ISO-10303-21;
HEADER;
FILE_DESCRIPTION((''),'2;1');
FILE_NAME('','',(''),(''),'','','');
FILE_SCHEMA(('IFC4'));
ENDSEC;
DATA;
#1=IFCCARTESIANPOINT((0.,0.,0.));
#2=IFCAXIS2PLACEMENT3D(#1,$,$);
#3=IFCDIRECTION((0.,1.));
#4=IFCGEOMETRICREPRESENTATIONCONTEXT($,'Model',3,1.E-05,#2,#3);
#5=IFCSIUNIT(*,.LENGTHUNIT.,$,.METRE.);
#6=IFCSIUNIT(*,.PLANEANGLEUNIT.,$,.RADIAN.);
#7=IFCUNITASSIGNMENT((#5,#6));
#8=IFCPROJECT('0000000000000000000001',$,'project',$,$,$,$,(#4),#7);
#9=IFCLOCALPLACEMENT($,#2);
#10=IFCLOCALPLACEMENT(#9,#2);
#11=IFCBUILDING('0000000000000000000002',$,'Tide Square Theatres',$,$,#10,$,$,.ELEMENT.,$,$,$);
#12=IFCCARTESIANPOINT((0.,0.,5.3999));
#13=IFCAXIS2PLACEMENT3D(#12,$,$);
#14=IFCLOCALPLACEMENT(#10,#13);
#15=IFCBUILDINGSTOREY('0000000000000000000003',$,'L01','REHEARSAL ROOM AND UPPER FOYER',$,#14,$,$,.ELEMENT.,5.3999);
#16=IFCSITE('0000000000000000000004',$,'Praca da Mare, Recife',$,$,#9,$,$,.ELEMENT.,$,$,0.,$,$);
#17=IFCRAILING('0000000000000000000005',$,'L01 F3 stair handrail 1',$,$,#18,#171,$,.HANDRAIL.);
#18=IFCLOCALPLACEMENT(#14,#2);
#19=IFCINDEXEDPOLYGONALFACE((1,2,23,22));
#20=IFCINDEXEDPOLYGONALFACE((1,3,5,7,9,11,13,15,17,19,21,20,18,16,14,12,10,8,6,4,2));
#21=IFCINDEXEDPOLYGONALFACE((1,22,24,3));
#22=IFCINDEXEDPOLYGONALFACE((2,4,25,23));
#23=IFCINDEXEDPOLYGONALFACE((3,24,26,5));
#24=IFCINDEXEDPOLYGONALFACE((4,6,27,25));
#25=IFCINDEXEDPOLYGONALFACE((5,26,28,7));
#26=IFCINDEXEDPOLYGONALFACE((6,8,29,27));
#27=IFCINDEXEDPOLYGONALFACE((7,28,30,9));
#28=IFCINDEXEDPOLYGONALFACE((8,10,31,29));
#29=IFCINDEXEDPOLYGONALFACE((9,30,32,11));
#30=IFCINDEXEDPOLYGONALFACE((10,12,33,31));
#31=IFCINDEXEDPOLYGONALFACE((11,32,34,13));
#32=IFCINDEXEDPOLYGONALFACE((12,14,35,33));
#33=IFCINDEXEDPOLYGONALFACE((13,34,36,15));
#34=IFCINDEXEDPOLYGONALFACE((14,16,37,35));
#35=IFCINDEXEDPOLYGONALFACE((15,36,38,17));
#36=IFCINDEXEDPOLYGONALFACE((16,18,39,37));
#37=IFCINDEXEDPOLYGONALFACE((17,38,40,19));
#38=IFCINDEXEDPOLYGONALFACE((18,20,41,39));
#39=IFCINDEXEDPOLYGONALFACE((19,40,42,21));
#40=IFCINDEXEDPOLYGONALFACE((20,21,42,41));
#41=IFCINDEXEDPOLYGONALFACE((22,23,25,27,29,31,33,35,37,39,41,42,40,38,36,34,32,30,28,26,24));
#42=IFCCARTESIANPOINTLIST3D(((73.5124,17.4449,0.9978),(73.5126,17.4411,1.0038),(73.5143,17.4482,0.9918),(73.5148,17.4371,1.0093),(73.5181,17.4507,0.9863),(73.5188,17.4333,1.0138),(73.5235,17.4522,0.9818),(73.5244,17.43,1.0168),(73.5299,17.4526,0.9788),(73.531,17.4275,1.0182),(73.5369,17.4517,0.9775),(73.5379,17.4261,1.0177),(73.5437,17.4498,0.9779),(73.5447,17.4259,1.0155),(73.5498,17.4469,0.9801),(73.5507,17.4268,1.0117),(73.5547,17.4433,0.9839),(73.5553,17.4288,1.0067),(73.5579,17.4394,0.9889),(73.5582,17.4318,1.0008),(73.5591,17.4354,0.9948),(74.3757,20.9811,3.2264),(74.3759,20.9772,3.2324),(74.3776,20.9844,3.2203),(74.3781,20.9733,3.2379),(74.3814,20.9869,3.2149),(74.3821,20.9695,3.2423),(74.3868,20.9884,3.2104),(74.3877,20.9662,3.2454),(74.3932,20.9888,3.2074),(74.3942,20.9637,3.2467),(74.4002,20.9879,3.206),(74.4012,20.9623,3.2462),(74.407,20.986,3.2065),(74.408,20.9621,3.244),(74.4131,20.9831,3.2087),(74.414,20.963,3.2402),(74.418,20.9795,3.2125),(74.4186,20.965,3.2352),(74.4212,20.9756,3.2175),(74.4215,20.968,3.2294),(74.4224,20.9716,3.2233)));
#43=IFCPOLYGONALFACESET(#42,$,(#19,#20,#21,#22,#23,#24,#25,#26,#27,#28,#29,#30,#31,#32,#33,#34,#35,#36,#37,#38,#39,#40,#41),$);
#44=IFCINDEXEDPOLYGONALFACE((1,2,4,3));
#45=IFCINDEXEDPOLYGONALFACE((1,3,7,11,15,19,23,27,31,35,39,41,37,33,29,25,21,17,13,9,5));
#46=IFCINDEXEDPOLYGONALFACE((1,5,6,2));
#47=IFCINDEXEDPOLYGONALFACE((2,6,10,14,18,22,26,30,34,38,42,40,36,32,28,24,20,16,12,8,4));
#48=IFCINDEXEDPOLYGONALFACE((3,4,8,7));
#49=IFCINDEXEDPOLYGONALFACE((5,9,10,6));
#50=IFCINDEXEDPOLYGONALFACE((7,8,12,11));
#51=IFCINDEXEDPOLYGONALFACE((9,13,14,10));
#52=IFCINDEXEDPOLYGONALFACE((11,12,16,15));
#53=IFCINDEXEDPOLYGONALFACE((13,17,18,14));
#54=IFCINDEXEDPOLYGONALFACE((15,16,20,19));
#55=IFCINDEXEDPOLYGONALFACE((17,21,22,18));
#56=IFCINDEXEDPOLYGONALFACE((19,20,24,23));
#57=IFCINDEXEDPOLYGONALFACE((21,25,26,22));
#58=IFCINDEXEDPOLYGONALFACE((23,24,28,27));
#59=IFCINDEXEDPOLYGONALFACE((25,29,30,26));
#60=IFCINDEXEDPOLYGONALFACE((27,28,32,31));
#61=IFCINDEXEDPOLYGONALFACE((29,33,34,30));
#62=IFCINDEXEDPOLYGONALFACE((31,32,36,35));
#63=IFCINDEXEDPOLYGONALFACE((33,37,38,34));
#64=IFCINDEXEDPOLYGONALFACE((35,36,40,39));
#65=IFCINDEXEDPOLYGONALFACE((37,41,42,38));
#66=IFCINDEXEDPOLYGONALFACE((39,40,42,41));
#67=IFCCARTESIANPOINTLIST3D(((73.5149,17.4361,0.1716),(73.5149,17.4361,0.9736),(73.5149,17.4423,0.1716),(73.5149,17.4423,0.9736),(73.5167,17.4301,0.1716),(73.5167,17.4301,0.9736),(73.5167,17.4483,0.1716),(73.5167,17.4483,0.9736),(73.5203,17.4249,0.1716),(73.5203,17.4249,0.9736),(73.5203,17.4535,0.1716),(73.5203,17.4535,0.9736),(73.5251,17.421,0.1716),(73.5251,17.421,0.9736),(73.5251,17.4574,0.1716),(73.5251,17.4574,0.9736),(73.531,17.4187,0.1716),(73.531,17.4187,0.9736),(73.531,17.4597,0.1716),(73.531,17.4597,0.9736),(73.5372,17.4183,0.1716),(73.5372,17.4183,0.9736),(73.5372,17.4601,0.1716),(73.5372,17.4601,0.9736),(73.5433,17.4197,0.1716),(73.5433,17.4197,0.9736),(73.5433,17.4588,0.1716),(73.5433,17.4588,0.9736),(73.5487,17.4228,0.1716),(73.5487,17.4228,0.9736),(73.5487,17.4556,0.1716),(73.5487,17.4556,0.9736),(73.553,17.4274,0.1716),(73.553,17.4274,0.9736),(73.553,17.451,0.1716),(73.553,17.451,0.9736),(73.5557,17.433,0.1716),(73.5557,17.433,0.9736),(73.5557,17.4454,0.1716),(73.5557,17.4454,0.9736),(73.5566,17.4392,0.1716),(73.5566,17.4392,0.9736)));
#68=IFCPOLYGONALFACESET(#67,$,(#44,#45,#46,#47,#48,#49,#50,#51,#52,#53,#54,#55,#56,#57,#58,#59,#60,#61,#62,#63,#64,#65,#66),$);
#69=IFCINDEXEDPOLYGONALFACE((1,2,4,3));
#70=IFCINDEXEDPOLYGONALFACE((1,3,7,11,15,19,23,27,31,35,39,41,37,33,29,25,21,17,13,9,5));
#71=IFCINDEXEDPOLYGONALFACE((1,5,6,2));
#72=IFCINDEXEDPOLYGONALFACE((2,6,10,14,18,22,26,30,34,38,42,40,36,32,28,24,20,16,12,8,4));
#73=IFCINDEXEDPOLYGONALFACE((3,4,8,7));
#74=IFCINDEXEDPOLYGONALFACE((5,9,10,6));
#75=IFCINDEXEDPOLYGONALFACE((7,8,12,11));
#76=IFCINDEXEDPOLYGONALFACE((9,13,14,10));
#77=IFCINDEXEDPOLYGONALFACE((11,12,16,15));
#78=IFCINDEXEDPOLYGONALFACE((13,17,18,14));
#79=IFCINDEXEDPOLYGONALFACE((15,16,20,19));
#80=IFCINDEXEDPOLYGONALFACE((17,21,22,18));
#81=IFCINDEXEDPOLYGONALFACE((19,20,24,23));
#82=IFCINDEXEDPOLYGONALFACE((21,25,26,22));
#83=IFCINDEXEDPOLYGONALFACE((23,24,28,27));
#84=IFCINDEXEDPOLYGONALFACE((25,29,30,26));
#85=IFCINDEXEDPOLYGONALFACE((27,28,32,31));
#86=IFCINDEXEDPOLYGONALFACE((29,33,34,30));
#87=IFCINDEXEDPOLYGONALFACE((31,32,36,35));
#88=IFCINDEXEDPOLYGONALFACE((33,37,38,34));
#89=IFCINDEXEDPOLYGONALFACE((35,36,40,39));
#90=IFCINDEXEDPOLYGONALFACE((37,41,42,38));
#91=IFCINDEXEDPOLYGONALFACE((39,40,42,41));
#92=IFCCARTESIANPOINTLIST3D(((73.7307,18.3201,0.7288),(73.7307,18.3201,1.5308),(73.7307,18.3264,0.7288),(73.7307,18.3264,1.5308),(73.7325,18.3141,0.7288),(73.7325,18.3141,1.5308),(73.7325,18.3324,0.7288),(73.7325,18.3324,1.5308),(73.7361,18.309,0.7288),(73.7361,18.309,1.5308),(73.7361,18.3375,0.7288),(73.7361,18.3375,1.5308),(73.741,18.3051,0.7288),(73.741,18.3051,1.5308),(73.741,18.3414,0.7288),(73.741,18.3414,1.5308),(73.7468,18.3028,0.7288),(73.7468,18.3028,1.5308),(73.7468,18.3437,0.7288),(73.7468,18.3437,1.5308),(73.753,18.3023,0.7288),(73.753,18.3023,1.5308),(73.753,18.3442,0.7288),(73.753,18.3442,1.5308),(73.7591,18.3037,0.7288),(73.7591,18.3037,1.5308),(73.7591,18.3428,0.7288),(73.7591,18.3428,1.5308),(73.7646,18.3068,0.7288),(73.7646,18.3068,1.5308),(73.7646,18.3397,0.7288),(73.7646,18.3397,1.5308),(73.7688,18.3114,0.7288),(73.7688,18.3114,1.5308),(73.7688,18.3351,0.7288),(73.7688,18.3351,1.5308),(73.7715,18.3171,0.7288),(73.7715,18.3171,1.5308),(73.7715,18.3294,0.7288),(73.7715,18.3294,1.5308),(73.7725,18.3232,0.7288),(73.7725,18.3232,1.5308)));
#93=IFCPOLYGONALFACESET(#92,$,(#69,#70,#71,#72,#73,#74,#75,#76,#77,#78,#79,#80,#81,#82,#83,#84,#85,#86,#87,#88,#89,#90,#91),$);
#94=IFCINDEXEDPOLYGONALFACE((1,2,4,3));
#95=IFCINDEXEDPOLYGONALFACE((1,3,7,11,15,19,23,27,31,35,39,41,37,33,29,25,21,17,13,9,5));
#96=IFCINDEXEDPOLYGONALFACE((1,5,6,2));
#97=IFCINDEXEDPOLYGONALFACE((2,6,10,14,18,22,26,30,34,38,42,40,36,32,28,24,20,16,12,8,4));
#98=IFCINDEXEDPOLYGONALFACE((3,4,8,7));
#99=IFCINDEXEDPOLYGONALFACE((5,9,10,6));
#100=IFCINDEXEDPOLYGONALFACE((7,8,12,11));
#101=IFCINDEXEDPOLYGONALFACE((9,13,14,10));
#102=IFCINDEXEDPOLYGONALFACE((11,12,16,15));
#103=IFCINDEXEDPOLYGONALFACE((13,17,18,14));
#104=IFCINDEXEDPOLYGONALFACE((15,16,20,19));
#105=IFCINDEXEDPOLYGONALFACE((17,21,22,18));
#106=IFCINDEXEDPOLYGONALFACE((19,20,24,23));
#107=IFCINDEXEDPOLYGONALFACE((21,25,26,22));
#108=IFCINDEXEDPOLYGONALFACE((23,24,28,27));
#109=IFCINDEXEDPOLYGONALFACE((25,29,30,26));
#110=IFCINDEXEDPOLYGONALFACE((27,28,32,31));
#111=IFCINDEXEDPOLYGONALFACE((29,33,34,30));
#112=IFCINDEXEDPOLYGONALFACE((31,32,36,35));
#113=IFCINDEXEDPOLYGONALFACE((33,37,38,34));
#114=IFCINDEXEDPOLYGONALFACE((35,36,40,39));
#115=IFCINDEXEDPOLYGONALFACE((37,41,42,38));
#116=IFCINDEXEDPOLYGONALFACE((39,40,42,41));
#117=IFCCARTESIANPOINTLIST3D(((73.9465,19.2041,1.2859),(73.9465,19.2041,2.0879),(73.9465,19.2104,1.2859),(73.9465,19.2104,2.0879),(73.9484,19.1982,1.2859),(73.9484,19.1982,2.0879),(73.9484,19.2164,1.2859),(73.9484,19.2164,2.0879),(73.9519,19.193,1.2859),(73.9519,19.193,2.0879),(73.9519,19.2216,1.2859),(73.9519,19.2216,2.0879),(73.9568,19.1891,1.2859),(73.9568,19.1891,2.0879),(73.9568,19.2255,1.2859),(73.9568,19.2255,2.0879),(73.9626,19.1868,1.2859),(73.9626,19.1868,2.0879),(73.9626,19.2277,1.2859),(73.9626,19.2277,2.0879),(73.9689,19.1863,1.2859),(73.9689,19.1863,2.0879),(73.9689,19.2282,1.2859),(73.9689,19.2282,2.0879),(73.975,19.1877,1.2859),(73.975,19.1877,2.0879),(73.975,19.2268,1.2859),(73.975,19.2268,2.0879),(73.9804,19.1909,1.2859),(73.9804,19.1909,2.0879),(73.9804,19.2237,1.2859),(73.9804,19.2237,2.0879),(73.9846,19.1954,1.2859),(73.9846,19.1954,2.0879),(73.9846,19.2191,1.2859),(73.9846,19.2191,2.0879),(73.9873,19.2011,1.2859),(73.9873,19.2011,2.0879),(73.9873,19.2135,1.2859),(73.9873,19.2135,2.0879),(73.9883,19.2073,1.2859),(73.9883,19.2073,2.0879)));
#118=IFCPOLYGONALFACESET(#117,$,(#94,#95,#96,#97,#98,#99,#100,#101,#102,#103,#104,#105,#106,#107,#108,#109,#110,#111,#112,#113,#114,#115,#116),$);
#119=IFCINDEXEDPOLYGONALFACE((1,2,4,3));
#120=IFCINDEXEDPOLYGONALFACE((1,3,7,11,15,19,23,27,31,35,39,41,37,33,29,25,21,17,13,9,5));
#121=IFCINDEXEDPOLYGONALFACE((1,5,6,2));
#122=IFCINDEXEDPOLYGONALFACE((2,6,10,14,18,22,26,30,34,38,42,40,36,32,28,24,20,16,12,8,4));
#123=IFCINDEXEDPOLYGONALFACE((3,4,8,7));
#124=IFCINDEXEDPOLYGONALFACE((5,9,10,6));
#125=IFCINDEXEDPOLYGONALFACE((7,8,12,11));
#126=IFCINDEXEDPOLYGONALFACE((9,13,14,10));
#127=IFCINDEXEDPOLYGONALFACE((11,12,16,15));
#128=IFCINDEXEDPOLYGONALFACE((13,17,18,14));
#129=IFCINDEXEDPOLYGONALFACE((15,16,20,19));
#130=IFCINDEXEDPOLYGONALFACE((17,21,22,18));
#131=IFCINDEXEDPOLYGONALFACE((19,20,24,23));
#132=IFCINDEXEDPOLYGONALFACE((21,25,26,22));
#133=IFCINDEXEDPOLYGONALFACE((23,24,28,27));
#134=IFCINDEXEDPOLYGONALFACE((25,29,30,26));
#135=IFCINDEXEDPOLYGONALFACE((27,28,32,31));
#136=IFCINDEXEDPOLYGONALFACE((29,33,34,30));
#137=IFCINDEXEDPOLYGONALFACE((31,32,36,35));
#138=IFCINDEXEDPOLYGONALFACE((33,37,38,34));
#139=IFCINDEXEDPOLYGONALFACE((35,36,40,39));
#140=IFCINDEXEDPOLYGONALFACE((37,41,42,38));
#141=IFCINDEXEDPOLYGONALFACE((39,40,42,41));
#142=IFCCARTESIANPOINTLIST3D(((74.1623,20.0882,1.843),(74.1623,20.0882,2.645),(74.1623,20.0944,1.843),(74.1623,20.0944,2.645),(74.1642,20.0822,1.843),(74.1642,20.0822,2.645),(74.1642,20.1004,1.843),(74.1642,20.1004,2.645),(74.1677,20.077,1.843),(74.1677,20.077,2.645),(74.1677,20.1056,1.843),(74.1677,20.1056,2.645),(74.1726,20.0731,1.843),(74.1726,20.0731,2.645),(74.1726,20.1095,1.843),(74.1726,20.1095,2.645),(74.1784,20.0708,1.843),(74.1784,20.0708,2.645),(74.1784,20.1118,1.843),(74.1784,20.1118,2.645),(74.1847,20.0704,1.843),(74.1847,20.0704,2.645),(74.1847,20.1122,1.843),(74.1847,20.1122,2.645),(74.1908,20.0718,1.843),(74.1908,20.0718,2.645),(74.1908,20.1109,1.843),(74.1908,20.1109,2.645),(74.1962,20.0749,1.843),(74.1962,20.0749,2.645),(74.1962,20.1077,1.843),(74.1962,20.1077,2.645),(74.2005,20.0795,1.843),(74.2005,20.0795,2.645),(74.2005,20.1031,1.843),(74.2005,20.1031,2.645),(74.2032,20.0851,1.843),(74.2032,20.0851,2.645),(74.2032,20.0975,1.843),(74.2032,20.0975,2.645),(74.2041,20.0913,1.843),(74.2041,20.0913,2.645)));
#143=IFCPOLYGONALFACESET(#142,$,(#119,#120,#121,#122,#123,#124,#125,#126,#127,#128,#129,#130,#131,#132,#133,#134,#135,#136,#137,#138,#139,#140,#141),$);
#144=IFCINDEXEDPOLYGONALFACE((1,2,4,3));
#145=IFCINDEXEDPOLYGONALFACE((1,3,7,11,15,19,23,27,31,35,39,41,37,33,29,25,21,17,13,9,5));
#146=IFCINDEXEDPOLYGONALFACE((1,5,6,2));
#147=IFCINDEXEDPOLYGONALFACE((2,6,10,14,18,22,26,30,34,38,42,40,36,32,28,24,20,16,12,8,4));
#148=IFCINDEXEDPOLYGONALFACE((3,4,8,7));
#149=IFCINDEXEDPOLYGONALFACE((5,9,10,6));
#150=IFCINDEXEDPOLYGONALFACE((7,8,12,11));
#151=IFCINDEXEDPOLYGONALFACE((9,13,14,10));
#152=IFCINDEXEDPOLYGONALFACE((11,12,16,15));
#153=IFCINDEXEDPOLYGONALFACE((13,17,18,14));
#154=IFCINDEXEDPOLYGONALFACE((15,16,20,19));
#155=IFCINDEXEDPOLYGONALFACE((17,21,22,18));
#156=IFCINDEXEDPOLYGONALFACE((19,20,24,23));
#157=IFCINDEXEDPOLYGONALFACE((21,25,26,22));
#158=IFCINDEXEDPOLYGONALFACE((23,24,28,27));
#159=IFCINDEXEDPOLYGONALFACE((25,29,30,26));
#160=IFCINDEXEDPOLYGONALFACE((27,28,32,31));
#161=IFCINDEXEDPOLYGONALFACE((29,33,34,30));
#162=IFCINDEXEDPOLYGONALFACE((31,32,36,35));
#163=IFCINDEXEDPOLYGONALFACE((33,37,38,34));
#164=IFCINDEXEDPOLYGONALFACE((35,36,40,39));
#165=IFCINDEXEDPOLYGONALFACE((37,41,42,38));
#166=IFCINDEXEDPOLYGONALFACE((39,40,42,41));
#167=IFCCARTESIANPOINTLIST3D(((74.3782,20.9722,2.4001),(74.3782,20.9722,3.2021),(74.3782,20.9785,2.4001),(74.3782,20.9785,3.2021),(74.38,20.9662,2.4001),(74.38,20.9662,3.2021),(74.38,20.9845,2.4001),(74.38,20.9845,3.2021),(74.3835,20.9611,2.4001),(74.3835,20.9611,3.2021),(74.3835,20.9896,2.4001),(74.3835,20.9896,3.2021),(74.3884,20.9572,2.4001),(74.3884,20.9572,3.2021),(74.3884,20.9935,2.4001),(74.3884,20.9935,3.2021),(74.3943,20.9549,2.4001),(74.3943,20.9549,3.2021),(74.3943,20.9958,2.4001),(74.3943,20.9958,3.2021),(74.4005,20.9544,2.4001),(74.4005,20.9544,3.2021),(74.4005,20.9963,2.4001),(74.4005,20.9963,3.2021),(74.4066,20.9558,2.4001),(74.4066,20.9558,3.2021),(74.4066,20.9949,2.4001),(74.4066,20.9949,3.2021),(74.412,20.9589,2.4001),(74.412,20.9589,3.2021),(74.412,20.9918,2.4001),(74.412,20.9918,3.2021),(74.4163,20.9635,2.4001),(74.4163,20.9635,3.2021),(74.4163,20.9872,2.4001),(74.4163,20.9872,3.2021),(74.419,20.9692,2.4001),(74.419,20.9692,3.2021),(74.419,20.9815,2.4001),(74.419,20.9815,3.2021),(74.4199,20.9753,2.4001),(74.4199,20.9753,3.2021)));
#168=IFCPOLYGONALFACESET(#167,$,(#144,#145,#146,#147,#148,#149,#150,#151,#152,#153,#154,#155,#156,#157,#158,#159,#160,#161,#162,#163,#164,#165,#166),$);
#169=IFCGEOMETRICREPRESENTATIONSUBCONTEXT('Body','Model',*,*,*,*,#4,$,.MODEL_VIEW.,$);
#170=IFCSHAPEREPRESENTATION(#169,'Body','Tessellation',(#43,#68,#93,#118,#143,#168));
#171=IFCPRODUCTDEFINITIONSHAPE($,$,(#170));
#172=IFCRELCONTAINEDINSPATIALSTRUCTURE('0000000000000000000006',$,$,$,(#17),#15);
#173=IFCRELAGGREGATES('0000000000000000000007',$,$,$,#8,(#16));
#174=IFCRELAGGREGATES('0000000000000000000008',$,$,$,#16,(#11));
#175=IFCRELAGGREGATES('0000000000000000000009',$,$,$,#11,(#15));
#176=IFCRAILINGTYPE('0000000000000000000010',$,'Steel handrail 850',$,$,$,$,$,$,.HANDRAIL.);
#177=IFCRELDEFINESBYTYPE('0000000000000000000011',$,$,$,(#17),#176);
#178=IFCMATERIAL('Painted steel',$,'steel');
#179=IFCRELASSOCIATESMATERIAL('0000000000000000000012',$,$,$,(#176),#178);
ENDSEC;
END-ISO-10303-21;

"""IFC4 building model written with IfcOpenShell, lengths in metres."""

from ifc_helpers import new_model, si_unit, direction, frame, origin, origin_2d, place, context, subcontext, project, spatial, circle, extrude, material, type_object, element, save


model = new_model("IFC4")

# Units and contexts
model_context = context("Model", 3, precision=1e-05, world=origin(), true_north=direction((0.0, 1.0)))
body_context = subcontext(model_context, "Body", "Model", "MODEL_VIEW")
ifc_project = project(units=[si_unit("LENGTHUNIT", "METRE"), si_unit("PLANEANGLEUNIT", "RADIAN")], contexts=[model_context])

# Site, building, storey
site_placement = place(None, origin())
site = spatial("IfcSite", under=ifc_project, at=site_placement, Name="Praca da Mare, Recife", CompositionType="ELEMENT", RefElevation=0.0)
building_placement = place(site_placement, origin())
building = spatial("IfcBuilding", under=site, at=building_placement, Name="Tide Square Theatres", CompositionType="ELEMENT")
storey_placement = place(building_placement, frame((0.0, 0.0, 5.3999)))
storey = spatial("IfcBuildingStorey", under=building, at=storey_placement, Name="L01", Description="REHEARSAL ROOM AND UPPER FOYER", CompositionType="ELEMENT", Elevation=5.3999)

# Railing
ifc_material_1 = material(Name="Painted steel", Category="steel")
railing_type_1 = type_object("IfcRailingType", Name="Steel handrail 850", PredefinedType="HANDRAIL", material=ifc_material_1)
for number, where, name in (
    (1, (73.5356, 17.4392, 0.1716), "L01 F3 stair handrail 1"),
):
    element("IfcRailing", number, at=place(storey_placement, frame(where)), inside=storey, type_object=railing_type_1, Name=name, PredefinedType="HANDRAIL", context=body_context, shape_type="SweptSolid", body=[
        extrude(circle(Radius=0.0239, at=origin_2d()), frame((0.0, 0.0, 0.8262), z_axis=(0.202269, 0.828523, 0.522146), x_axis=(-0.971469, 0.237166, 0.0)), (0.0, 0.0, 1.0), 4.2681),
        extrude(circle(Radius=0.021, at=origin_2d()), origin(), (0.0, 0.0, 1.0), 0.802),
        extrude(circle(Radius=0.021, at=origin_2d()), frame((0.2158, 0.884, 0.5571)), (0.0, 0.0, 1.0), 0.802),
        extrude(circle(Radius=0.021, at=origin_2d()), frame((0.4316, 1.7681, 1.1143)), (0.0, 0.0, 1.0), 0.802),
        extrude(circle(Radius=0.021, at=origin_2d()), frame((0.6475, 2.6521, 1.6714)), (0.0, 0.0, 1.0), 0.802),
        extrude(circle(Radius=0.021, at=origin_2d()), frame((0.8633, 3.5361, 2.2285)), (0.0, 0.0, 1.0), 0.802),
    ])

save(model, "model.ifc")
